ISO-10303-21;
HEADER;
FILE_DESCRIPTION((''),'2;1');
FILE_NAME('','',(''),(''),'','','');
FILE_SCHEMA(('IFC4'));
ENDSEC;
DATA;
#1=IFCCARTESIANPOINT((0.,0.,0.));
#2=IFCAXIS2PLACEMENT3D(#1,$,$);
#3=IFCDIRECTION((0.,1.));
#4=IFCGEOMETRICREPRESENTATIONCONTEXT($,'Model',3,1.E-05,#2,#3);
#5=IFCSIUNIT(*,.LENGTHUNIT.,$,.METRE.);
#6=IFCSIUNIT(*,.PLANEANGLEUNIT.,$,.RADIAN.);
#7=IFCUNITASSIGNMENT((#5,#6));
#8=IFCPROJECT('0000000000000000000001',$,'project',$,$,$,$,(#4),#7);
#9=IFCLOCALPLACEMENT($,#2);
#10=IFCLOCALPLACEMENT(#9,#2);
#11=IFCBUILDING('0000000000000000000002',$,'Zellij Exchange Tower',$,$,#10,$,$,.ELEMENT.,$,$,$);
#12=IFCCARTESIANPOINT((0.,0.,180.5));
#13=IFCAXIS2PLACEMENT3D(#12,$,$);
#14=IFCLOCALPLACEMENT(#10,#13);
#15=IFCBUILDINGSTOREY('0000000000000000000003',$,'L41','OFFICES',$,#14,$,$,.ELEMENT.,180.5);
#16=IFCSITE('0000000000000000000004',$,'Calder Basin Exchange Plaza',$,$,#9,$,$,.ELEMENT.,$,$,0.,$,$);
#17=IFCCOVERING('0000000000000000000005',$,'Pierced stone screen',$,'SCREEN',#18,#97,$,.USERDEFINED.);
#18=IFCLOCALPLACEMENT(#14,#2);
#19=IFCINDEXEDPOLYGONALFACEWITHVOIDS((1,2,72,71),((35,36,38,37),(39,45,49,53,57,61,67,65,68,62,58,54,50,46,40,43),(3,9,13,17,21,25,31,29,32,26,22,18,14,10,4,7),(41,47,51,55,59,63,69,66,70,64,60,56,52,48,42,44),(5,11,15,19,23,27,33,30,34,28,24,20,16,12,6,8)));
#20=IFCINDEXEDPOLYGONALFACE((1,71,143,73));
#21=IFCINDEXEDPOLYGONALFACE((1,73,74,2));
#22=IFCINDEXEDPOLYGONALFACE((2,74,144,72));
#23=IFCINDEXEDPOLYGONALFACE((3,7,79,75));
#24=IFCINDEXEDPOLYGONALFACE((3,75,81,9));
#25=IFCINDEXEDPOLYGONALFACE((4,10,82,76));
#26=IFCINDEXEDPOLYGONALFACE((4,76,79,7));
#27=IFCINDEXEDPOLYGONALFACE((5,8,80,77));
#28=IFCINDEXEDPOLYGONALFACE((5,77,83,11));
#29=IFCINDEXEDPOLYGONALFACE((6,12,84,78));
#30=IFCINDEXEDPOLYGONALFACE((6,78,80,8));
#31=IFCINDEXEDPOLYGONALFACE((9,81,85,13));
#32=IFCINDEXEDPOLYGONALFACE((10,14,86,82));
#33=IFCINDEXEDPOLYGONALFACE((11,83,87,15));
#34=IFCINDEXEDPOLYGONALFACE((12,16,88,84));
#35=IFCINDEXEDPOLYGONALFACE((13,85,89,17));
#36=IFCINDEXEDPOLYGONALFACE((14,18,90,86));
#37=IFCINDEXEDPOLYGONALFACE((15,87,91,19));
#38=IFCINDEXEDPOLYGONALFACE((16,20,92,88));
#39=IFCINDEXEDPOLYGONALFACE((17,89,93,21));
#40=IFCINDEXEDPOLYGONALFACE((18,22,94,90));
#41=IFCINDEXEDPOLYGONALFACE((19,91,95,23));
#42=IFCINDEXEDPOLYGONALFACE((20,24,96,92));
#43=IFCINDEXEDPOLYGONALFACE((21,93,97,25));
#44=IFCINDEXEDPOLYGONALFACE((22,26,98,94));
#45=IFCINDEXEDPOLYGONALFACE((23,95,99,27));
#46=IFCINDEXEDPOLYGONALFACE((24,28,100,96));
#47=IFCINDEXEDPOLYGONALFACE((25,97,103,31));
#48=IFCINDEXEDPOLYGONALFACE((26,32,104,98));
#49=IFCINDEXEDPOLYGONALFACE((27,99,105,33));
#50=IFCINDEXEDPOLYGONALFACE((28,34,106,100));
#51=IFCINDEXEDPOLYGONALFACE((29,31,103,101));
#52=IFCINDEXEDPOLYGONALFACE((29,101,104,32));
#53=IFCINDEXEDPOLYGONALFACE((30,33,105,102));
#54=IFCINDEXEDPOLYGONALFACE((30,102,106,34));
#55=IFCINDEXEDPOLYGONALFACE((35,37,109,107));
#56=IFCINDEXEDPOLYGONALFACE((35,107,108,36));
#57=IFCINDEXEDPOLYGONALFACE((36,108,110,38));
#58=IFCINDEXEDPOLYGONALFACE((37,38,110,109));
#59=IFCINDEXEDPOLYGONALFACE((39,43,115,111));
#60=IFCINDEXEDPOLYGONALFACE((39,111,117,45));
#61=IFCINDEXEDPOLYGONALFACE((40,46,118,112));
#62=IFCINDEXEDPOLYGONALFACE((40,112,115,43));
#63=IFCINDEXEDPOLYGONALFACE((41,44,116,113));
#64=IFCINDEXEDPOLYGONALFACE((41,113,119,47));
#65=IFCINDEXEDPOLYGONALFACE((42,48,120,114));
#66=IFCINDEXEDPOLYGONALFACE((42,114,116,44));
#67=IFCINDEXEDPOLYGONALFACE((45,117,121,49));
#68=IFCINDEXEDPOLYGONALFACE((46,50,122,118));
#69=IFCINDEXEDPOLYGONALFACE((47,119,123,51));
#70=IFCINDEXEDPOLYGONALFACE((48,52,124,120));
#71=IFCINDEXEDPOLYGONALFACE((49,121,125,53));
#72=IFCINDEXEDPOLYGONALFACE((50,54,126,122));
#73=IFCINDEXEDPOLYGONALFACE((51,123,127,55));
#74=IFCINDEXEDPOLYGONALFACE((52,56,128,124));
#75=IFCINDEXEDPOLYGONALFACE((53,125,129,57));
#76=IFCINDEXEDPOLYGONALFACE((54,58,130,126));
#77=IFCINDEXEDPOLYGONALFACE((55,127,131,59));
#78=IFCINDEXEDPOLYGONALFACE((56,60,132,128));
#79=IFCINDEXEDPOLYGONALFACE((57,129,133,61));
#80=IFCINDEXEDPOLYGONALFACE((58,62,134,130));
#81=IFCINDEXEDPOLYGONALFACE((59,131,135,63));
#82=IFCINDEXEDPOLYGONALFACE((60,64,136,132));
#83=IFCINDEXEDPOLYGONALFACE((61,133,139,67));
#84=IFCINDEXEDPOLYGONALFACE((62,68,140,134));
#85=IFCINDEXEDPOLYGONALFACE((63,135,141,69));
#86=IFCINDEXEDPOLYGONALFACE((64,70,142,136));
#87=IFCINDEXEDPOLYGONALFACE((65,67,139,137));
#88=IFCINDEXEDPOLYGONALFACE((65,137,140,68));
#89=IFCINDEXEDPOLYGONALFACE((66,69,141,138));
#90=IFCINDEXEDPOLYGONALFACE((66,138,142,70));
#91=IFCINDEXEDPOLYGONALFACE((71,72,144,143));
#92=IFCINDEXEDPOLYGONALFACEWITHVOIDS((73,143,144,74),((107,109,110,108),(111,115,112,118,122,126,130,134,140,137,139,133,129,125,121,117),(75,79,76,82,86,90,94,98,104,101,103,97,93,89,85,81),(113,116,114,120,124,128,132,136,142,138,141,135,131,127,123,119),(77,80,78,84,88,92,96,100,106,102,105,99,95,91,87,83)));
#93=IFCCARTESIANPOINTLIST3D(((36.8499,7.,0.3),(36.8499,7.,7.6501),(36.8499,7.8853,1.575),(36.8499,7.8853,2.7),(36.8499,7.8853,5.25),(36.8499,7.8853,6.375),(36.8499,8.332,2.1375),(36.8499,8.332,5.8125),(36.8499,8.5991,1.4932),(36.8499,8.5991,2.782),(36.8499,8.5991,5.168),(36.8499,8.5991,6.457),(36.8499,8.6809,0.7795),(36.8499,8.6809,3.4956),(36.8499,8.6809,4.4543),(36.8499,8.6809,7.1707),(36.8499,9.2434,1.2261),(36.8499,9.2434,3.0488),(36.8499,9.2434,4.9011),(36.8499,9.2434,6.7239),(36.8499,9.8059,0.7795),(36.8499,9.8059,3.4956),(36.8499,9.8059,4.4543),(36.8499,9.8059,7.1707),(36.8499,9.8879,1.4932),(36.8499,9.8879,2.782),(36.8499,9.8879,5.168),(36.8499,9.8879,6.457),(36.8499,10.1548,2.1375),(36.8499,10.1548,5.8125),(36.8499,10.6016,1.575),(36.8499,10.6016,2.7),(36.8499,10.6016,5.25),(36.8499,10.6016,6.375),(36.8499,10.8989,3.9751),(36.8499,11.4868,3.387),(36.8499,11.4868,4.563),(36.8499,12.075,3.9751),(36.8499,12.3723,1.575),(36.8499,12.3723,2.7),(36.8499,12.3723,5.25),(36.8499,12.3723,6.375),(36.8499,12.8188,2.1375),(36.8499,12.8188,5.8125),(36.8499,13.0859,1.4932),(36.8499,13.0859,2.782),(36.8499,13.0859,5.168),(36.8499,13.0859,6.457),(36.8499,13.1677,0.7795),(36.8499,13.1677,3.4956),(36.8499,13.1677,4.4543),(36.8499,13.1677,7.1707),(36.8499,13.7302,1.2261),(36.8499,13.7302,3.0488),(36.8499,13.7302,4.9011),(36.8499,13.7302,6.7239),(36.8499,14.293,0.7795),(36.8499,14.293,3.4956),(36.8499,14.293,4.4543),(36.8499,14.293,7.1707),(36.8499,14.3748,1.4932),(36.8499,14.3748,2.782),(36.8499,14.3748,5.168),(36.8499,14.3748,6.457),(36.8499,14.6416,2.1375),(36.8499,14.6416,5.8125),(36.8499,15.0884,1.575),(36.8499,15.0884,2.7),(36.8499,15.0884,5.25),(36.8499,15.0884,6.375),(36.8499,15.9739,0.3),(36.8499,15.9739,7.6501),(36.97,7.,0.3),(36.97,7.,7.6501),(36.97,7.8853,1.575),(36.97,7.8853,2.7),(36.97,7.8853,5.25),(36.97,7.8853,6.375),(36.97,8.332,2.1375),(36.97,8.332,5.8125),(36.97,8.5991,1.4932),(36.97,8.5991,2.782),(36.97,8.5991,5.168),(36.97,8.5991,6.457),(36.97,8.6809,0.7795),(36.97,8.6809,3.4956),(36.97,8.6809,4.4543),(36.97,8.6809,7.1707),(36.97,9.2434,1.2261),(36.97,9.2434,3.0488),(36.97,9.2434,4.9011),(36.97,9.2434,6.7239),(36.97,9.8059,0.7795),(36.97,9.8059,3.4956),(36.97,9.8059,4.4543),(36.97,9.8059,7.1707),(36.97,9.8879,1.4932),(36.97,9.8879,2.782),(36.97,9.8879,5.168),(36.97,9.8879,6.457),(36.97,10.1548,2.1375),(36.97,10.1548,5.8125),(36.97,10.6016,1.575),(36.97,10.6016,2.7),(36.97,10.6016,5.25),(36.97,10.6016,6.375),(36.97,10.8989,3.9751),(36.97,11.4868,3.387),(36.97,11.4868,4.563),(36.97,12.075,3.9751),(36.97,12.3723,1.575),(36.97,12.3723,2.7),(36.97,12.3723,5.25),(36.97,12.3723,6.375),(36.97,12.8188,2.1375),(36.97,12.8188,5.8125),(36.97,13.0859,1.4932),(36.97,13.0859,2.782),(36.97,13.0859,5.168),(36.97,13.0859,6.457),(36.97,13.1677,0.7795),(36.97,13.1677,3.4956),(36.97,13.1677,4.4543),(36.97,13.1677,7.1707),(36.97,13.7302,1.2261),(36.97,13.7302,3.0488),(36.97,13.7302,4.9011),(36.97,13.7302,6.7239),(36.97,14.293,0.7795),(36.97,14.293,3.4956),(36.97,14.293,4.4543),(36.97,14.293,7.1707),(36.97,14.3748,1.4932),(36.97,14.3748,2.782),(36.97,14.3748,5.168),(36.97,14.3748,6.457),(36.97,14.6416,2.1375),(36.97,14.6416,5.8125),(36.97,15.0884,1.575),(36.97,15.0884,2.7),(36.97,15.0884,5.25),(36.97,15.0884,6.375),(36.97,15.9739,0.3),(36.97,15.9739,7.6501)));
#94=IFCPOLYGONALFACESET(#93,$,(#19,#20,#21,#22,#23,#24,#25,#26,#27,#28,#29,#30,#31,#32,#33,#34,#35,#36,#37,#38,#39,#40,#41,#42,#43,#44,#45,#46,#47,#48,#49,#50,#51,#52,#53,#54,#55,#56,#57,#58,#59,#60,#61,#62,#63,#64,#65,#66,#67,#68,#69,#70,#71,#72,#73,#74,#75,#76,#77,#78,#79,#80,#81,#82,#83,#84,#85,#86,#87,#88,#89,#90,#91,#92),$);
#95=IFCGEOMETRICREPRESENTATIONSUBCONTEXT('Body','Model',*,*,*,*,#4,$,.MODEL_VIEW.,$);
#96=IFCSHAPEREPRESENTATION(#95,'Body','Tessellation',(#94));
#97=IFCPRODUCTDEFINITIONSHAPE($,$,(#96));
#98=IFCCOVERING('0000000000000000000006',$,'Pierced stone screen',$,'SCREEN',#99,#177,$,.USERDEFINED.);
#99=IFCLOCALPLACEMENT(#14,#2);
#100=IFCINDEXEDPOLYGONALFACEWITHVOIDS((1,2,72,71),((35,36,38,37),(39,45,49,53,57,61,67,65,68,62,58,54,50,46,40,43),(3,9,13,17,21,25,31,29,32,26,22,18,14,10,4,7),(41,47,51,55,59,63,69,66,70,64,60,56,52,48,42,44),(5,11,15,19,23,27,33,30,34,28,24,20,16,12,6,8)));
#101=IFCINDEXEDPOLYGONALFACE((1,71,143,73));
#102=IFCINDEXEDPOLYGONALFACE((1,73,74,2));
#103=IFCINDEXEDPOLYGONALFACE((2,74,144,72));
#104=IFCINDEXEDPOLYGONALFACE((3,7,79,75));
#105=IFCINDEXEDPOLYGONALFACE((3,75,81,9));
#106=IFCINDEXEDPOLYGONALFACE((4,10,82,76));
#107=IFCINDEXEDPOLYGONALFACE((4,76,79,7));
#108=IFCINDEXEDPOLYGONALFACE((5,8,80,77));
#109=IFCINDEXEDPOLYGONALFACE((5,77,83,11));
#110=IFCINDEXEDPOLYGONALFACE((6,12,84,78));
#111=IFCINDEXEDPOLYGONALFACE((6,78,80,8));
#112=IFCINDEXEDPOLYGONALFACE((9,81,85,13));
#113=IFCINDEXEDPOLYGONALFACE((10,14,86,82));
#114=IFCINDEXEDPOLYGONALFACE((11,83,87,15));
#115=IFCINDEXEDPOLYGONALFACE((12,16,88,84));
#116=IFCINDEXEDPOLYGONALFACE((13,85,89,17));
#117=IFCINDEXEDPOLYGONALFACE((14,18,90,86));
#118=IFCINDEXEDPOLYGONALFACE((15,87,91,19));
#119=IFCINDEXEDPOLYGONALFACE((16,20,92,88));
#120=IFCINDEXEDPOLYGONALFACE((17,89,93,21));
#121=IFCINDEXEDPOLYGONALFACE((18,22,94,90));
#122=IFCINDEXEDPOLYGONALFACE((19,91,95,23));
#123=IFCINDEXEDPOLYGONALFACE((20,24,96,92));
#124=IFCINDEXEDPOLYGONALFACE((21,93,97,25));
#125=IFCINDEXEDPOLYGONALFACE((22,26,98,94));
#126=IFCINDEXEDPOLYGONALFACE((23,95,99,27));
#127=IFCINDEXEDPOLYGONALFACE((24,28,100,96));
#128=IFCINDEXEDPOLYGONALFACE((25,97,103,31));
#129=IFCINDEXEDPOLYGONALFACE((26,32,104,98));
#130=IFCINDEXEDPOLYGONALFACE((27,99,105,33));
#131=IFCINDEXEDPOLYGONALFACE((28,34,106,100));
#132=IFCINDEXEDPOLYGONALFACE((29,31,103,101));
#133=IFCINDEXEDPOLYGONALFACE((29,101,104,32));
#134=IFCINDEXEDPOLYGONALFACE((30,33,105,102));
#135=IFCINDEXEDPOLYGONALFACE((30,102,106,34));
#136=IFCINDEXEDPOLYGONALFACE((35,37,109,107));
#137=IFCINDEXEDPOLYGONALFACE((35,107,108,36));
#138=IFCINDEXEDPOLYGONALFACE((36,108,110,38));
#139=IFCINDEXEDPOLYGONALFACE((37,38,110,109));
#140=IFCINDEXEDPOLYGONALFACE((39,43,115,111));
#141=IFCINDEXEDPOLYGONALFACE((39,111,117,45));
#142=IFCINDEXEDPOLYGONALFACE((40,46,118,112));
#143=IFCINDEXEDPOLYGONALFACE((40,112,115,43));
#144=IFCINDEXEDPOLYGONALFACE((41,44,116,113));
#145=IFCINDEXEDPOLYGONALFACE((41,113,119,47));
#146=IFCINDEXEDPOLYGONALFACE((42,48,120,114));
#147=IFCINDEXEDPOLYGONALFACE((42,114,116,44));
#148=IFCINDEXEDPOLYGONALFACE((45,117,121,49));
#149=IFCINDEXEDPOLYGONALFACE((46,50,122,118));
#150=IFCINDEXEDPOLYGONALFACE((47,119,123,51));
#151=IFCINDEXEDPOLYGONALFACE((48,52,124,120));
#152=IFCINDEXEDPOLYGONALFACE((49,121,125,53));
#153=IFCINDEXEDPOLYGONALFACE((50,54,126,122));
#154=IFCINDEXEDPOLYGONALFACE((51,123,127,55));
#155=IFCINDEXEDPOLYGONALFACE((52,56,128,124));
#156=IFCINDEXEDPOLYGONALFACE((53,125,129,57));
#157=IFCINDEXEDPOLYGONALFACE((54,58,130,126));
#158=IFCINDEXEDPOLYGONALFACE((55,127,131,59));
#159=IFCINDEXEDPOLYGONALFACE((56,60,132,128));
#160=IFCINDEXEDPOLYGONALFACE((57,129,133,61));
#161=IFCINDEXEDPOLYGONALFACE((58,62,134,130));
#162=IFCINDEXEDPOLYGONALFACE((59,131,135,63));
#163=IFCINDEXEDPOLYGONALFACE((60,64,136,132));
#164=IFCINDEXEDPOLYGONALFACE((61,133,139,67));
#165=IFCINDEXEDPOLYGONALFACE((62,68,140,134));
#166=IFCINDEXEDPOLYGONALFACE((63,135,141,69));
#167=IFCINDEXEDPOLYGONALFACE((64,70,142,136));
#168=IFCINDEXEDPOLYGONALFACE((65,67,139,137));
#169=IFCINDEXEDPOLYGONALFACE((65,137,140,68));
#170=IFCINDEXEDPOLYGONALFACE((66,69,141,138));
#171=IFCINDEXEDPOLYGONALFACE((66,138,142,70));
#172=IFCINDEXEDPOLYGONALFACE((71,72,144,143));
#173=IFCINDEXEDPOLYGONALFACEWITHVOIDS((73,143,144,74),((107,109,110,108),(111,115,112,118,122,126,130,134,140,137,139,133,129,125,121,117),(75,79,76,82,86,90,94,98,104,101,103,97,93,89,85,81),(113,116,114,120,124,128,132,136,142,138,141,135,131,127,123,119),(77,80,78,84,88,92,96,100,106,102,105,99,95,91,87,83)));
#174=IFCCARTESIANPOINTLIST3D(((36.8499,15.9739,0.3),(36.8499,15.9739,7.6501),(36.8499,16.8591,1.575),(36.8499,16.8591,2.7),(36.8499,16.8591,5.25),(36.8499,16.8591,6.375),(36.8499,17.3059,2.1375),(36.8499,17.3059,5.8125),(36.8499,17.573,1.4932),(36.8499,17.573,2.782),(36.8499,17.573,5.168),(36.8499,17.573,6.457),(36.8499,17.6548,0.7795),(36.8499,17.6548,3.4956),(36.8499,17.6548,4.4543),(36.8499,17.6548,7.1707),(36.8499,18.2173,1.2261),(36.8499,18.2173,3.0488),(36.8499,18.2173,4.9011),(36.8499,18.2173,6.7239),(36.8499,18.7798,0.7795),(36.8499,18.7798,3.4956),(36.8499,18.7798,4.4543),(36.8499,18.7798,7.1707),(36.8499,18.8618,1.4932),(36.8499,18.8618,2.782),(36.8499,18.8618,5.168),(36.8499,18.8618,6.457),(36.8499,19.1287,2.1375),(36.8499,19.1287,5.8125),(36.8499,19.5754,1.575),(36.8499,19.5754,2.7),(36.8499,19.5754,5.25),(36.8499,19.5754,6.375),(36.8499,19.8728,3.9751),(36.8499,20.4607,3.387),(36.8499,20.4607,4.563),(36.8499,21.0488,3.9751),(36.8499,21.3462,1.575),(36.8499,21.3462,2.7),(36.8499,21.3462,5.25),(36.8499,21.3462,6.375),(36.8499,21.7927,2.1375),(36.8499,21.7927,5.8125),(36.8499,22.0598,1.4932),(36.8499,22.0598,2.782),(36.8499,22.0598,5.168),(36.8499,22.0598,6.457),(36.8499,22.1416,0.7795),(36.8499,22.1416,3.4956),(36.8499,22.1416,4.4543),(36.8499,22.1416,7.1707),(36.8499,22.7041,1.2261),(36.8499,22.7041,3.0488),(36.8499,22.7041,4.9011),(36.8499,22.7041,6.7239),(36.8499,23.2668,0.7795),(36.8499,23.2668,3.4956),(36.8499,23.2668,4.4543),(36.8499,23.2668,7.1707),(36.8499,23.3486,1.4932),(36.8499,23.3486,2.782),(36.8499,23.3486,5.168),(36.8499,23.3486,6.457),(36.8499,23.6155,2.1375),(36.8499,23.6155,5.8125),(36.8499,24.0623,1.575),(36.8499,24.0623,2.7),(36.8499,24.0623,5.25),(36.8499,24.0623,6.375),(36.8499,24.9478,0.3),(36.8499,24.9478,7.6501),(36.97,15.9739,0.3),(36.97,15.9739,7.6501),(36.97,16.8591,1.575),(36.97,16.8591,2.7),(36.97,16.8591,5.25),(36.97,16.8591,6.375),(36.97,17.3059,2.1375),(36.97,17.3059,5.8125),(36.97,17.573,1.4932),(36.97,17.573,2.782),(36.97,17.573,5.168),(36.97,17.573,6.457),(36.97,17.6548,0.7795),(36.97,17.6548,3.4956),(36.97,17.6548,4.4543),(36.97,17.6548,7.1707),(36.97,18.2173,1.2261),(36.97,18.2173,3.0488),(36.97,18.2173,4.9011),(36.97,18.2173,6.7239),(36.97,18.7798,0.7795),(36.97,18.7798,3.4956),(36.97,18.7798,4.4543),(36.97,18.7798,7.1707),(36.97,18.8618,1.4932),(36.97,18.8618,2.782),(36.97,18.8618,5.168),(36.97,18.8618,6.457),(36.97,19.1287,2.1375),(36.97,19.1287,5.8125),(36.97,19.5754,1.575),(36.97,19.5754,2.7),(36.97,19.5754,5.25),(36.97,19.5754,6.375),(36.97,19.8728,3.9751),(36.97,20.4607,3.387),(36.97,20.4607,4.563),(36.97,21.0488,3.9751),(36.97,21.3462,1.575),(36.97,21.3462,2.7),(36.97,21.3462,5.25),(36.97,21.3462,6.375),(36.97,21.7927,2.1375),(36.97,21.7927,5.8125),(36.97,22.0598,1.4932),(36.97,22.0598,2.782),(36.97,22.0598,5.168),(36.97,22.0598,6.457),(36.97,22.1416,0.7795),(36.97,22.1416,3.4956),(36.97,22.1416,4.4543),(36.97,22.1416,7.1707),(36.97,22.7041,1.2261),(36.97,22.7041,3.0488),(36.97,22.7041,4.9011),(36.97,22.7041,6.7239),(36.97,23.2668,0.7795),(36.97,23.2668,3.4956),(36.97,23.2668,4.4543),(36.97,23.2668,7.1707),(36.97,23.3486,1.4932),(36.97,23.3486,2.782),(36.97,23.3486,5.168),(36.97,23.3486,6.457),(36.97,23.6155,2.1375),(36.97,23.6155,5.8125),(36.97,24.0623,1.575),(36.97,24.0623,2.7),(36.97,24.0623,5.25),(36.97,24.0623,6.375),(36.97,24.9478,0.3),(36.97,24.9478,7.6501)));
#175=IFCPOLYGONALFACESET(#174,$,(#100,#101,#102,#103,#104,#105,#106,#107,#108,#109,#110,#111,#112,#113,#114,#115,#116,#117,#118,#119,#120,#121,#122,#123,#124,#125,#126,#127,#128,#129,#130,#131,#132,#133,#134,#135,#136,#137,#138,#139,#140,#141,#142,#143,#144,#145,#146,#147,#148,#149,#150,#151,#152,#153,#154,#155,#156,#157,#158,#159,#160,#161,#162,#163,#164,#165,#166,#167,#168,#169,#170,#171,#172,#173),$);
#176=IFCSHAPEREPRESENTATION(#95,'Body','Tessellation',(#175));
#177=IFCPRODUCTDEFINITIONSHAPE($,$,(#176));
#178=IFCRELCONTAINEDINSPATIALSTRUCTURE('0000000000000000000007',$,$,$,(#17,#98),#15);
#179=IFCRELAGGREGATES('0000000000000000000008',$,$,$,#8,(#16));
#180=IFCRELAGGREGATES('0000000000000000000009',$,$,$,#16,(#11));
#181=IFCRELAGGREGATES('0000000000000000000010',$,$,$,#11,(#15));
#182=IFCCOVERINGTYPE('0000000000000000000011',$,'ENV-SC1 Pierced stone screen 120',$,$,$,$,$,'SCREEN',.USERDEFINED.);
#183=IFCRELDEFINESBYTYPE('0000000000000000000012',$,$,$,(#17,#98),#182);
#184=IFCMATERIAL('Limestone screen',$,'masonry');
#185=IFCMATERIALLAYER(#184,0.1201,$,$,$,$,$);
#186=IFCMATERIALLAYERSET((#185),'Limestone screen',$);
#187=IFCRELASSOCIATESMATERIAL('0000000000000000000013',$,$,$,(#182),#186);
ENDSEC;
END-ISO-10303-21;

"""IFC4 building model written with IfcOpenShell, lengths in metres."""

from ifc_helpers import new_model, si_unit, direction, frame, origin, place, context, subcontext, project, spatial, polyline, outline, extrude, material, layer, layer_set, type_object, element, save


model = new_model("IFC4")

# Units and contexts
model_context = context("Model", 3, precision=1e-05, world=origin(), true_north=direction((0.0, 1.0)))
body_context = subcontext(model_context, "Body", "Model", "MODEL_VIEW")
ifc_project = project(units=[si_unit("LENGTHUNIT", "METRE"), si_unit("PLANEANGLEUNIT", "RADIAN")], contexts=[model_context])

# Site, building, storey
site_placement = place(None, origin())
site = spatial("IfcSite", under=ifc_project, at=site_placement, Name="Calder Basin Exchange Plaza", CompositionType="ELEMENT", RefElevation=0.0)
building_placement = place(site_placement, origin())
building = spatial("IfcBuilding", under=site, at=building_placement, Name="Zellij Exchange Tower", CompositionType="ELEMENT")
storey_placement = place(building_placement, frame((0.0, 0.0, 180.5)))
storey = spatial("IfcBuildingStorey", under=building, at=storey_placement, Name="L41", Description="OFFICES", CompositionType="ELEMENT", Elevation=180.5)

# Coverings
ifc_material_1 = material(Name="Limestone screen", Category="masonry")
ifc_layer_1 = layer(ifc_material_1, 0.1201)
ifc_layer_set_1 = layer_set([ifc_layer_1], Name="Limestone screen")
covering_type = type_object("IfcCoveringType", Name="ENV-SC1 Pierced stone screen 120", ElementType="SCREEN", PredefinedType="USERDEFINED", material=ifc_layer_set_1)
covering_1_placement = place(storey_placement, frame((36.9099, 7.0, 0.3), z_axis=(0.0, 0.0, 1.0), x_axis=(0.0, 1.0, 0.0)))
element("IfcCovering", 1, at=covering_1_placement, inside=storey, type_object=covering_type, Name="Pierced stone screen", ObjectType="SCREEN", PredefinedType="USERDEFINED", context=body_context, shape_type="SweptSolid", body=[
    extrude(outline(polyline([(0.0, 0.0), (8.9739, 0.0), (8.9739, 7.3501), (0.0, 7.3501), (0.0, 0.0)]), holes=[polyline([(3.6016, 2.3999), (2.8879, 2.4819), (2.8059, 3.1956), (2.2434, 2.7488), (1.6809, 3.1956), (1.5991, 2.4819), (0.8853, 2.3999), (1.332, 1.8374), (0.8853, 1.2749), (1.5991, 1.1931), (1.6809, 0.4795), (2.2434, 0.926), (2.8059, 0.4795), (2.8879, 1.1931), (3.6016, 1.2749), (3.1548, 1.8374), (3.6016, 2.3999)]), polyline([(3.6016, 6.075), (2.8879, 6.157), (2.8059, 6.8706), (2.2434, 6.4238), (1.6809, 6.8706), (1.5991, 6.157), (0.8853, 6.075), (1.332, 5.5125), (0.8853, 4.95), (1.5991, 4.8679), (1.6809, 4.1543), (2.2434, 4.6011), (2.8059, 4.1543), (2.8879, 4.8679), (3.6016, 4.95), (3.1548, 5.5125), (3.6016, 6.075)]), polyline([(8.0884, 2.3999), (7.3748, 2.4819), (7.293, 3.1956), (6.7302, 2.7488), (6.1677, 3.1956), (6.0859, 2.4819), (5.3723, 2.3999), (5.8188, 1.8374), (5.3723, 1.2749), (6.0859, 1.1931), (6.1677, 0.4795), (6.7302, 0.926), (7.293, 0.4795), (7.3748, 1.1931), (8.0884, 1.2749), (7.6416, 1.8374), (8.0884, 2.3999)]), polyline([(8.0884, 6.075), (7.3748, 6.157), (7.293, 6.8706), (6.7302, 6.4238), (6.1677, 6.8706), (6.0859, 6.157), (5.3723, 6.075), (5.8188, 5.5125), (5.3723, 4.95), (6.0859, 4.8679), (6.1677, 4.1543), (6.7302, 4.6011), (7.293, 4.1543), (7.3748, 4.8679), (8.0884, 4.95), (7.6416, 5.5125), (8.0884, 6.075)]), polyline([(5.075, 3.675), (4.4868, 4.2629), (3.8989, 3.675), (4.4868, 3.0869), (5.075, 3.675)])]), frame((0.0, 0.0601, 0.0), z_axis=(0.0, -1.0, 0.0), x_axis=(1.0, 0.0, 0.0)), (0.0, 0.0, 1.0), 0.1201),
])
covering_2_placement = place(storey_placement, frame((36.9099, 15.9739, 0.3), z_axis=(0.0, 0.0, 1.0), x_axis=(0.0, 1.0, 0.0)))
element("IfcCovering", 2, at=covering_2_placement, inside=storey, type_object=covering_type, Name="Pierced stone screen", ObjectType="SCREEN", PredefinedType="USERDEFINED", context=body_context, shape_type="SweptSolid", body=[
    extrude(outline(polyline([(0.0, 0.0), (8.9739, 0.0), (8.9739, 7.3501), (0.0, 7.3501), (0.0, 0.0)]), holes=[polyline([(3.6016, 2.3999), (2.8879, 2.4819), (2.8059, 3.1956), (2.2434, 2.7488), (1.6809, 3.1956), (1.5991, 2.4819), (0.8853, 2.3999), (1.332, 1.8374), (0.8853, 1.2749), (1.5991, 1.1931), (1.6809, 0.4795), (2.2434, 0.926), (2.8059, 0.4795), (2.8879, 1.1931), (3.6016, 1.2749), (3.1548, 1.8374), (3.6016, 2.3999)]), polyline([(3.6016, 6.075), (2.8879, 6.157), (2.8059, 6.8706), (2.2434, 6.4238), (1.6809, 6.8706), (1.5991, 6.157), (0.8853, 6.075), (1.332, 5.5125), (0.8853, 4.95), (1.5991, 4.8679), (1.6809, 4.1543), (2.2434, 4.6011), (2.8059, 4.1543), (2.8879, 4.8679), (3.6016, 4.95), (3.1548, 5.5125), (3.6016, 6.075)]), polyline([(8.0884, 2.3999), (7.3748, 2.4819), (7.293, 3.1956), (6.7302, 2.7488), (6.1677, 3.1956), (6.0859, 2.4819), (5.3723, 2.3999), (5.8188, 1.8374), (5.3723, 1.2749), (6.0859, 1.1931), (6.1677, 0.4795), (6.7302, 0.926), (7.293, 0.4795), (7.3748, 1.1931), (8.0884, 1.2749), (7.6416, 1.8374), (8.0884, 2.3999)]), polyline([(8.0884, 6.075), (7.3748, 6.157), (7.293, 6.8706), (6.7302, 6.4238), (6.1677, 6.8706), (6.0859, 6.157), (5.3723, 6.075), (5.8188, 5.5125), (5.3723, 4.95), (6.0859, 4.8679), (6.1677, 4.1543), (6.7302, 4.6011), (7.293, 4.1543), (7.3748, 4.8679), (8.0884, 4.95), (7.6416, 5.5125), (8.0884, 6.075)]), polyline([(5.075, 3.675), (4.4868, 4.2629), (3.8989, 3.675), (4.4868, 3.0869), (5.075, 3.675)])]), frame((0.0, 0.0601, 0.0), z_axis=(0.0, -1.0, 0.0), x_axis=(1.0, 0.0, 0.0)), (0.0, 0.0, 1.0), 0.1201),
])

save(model, "model.ifc")
